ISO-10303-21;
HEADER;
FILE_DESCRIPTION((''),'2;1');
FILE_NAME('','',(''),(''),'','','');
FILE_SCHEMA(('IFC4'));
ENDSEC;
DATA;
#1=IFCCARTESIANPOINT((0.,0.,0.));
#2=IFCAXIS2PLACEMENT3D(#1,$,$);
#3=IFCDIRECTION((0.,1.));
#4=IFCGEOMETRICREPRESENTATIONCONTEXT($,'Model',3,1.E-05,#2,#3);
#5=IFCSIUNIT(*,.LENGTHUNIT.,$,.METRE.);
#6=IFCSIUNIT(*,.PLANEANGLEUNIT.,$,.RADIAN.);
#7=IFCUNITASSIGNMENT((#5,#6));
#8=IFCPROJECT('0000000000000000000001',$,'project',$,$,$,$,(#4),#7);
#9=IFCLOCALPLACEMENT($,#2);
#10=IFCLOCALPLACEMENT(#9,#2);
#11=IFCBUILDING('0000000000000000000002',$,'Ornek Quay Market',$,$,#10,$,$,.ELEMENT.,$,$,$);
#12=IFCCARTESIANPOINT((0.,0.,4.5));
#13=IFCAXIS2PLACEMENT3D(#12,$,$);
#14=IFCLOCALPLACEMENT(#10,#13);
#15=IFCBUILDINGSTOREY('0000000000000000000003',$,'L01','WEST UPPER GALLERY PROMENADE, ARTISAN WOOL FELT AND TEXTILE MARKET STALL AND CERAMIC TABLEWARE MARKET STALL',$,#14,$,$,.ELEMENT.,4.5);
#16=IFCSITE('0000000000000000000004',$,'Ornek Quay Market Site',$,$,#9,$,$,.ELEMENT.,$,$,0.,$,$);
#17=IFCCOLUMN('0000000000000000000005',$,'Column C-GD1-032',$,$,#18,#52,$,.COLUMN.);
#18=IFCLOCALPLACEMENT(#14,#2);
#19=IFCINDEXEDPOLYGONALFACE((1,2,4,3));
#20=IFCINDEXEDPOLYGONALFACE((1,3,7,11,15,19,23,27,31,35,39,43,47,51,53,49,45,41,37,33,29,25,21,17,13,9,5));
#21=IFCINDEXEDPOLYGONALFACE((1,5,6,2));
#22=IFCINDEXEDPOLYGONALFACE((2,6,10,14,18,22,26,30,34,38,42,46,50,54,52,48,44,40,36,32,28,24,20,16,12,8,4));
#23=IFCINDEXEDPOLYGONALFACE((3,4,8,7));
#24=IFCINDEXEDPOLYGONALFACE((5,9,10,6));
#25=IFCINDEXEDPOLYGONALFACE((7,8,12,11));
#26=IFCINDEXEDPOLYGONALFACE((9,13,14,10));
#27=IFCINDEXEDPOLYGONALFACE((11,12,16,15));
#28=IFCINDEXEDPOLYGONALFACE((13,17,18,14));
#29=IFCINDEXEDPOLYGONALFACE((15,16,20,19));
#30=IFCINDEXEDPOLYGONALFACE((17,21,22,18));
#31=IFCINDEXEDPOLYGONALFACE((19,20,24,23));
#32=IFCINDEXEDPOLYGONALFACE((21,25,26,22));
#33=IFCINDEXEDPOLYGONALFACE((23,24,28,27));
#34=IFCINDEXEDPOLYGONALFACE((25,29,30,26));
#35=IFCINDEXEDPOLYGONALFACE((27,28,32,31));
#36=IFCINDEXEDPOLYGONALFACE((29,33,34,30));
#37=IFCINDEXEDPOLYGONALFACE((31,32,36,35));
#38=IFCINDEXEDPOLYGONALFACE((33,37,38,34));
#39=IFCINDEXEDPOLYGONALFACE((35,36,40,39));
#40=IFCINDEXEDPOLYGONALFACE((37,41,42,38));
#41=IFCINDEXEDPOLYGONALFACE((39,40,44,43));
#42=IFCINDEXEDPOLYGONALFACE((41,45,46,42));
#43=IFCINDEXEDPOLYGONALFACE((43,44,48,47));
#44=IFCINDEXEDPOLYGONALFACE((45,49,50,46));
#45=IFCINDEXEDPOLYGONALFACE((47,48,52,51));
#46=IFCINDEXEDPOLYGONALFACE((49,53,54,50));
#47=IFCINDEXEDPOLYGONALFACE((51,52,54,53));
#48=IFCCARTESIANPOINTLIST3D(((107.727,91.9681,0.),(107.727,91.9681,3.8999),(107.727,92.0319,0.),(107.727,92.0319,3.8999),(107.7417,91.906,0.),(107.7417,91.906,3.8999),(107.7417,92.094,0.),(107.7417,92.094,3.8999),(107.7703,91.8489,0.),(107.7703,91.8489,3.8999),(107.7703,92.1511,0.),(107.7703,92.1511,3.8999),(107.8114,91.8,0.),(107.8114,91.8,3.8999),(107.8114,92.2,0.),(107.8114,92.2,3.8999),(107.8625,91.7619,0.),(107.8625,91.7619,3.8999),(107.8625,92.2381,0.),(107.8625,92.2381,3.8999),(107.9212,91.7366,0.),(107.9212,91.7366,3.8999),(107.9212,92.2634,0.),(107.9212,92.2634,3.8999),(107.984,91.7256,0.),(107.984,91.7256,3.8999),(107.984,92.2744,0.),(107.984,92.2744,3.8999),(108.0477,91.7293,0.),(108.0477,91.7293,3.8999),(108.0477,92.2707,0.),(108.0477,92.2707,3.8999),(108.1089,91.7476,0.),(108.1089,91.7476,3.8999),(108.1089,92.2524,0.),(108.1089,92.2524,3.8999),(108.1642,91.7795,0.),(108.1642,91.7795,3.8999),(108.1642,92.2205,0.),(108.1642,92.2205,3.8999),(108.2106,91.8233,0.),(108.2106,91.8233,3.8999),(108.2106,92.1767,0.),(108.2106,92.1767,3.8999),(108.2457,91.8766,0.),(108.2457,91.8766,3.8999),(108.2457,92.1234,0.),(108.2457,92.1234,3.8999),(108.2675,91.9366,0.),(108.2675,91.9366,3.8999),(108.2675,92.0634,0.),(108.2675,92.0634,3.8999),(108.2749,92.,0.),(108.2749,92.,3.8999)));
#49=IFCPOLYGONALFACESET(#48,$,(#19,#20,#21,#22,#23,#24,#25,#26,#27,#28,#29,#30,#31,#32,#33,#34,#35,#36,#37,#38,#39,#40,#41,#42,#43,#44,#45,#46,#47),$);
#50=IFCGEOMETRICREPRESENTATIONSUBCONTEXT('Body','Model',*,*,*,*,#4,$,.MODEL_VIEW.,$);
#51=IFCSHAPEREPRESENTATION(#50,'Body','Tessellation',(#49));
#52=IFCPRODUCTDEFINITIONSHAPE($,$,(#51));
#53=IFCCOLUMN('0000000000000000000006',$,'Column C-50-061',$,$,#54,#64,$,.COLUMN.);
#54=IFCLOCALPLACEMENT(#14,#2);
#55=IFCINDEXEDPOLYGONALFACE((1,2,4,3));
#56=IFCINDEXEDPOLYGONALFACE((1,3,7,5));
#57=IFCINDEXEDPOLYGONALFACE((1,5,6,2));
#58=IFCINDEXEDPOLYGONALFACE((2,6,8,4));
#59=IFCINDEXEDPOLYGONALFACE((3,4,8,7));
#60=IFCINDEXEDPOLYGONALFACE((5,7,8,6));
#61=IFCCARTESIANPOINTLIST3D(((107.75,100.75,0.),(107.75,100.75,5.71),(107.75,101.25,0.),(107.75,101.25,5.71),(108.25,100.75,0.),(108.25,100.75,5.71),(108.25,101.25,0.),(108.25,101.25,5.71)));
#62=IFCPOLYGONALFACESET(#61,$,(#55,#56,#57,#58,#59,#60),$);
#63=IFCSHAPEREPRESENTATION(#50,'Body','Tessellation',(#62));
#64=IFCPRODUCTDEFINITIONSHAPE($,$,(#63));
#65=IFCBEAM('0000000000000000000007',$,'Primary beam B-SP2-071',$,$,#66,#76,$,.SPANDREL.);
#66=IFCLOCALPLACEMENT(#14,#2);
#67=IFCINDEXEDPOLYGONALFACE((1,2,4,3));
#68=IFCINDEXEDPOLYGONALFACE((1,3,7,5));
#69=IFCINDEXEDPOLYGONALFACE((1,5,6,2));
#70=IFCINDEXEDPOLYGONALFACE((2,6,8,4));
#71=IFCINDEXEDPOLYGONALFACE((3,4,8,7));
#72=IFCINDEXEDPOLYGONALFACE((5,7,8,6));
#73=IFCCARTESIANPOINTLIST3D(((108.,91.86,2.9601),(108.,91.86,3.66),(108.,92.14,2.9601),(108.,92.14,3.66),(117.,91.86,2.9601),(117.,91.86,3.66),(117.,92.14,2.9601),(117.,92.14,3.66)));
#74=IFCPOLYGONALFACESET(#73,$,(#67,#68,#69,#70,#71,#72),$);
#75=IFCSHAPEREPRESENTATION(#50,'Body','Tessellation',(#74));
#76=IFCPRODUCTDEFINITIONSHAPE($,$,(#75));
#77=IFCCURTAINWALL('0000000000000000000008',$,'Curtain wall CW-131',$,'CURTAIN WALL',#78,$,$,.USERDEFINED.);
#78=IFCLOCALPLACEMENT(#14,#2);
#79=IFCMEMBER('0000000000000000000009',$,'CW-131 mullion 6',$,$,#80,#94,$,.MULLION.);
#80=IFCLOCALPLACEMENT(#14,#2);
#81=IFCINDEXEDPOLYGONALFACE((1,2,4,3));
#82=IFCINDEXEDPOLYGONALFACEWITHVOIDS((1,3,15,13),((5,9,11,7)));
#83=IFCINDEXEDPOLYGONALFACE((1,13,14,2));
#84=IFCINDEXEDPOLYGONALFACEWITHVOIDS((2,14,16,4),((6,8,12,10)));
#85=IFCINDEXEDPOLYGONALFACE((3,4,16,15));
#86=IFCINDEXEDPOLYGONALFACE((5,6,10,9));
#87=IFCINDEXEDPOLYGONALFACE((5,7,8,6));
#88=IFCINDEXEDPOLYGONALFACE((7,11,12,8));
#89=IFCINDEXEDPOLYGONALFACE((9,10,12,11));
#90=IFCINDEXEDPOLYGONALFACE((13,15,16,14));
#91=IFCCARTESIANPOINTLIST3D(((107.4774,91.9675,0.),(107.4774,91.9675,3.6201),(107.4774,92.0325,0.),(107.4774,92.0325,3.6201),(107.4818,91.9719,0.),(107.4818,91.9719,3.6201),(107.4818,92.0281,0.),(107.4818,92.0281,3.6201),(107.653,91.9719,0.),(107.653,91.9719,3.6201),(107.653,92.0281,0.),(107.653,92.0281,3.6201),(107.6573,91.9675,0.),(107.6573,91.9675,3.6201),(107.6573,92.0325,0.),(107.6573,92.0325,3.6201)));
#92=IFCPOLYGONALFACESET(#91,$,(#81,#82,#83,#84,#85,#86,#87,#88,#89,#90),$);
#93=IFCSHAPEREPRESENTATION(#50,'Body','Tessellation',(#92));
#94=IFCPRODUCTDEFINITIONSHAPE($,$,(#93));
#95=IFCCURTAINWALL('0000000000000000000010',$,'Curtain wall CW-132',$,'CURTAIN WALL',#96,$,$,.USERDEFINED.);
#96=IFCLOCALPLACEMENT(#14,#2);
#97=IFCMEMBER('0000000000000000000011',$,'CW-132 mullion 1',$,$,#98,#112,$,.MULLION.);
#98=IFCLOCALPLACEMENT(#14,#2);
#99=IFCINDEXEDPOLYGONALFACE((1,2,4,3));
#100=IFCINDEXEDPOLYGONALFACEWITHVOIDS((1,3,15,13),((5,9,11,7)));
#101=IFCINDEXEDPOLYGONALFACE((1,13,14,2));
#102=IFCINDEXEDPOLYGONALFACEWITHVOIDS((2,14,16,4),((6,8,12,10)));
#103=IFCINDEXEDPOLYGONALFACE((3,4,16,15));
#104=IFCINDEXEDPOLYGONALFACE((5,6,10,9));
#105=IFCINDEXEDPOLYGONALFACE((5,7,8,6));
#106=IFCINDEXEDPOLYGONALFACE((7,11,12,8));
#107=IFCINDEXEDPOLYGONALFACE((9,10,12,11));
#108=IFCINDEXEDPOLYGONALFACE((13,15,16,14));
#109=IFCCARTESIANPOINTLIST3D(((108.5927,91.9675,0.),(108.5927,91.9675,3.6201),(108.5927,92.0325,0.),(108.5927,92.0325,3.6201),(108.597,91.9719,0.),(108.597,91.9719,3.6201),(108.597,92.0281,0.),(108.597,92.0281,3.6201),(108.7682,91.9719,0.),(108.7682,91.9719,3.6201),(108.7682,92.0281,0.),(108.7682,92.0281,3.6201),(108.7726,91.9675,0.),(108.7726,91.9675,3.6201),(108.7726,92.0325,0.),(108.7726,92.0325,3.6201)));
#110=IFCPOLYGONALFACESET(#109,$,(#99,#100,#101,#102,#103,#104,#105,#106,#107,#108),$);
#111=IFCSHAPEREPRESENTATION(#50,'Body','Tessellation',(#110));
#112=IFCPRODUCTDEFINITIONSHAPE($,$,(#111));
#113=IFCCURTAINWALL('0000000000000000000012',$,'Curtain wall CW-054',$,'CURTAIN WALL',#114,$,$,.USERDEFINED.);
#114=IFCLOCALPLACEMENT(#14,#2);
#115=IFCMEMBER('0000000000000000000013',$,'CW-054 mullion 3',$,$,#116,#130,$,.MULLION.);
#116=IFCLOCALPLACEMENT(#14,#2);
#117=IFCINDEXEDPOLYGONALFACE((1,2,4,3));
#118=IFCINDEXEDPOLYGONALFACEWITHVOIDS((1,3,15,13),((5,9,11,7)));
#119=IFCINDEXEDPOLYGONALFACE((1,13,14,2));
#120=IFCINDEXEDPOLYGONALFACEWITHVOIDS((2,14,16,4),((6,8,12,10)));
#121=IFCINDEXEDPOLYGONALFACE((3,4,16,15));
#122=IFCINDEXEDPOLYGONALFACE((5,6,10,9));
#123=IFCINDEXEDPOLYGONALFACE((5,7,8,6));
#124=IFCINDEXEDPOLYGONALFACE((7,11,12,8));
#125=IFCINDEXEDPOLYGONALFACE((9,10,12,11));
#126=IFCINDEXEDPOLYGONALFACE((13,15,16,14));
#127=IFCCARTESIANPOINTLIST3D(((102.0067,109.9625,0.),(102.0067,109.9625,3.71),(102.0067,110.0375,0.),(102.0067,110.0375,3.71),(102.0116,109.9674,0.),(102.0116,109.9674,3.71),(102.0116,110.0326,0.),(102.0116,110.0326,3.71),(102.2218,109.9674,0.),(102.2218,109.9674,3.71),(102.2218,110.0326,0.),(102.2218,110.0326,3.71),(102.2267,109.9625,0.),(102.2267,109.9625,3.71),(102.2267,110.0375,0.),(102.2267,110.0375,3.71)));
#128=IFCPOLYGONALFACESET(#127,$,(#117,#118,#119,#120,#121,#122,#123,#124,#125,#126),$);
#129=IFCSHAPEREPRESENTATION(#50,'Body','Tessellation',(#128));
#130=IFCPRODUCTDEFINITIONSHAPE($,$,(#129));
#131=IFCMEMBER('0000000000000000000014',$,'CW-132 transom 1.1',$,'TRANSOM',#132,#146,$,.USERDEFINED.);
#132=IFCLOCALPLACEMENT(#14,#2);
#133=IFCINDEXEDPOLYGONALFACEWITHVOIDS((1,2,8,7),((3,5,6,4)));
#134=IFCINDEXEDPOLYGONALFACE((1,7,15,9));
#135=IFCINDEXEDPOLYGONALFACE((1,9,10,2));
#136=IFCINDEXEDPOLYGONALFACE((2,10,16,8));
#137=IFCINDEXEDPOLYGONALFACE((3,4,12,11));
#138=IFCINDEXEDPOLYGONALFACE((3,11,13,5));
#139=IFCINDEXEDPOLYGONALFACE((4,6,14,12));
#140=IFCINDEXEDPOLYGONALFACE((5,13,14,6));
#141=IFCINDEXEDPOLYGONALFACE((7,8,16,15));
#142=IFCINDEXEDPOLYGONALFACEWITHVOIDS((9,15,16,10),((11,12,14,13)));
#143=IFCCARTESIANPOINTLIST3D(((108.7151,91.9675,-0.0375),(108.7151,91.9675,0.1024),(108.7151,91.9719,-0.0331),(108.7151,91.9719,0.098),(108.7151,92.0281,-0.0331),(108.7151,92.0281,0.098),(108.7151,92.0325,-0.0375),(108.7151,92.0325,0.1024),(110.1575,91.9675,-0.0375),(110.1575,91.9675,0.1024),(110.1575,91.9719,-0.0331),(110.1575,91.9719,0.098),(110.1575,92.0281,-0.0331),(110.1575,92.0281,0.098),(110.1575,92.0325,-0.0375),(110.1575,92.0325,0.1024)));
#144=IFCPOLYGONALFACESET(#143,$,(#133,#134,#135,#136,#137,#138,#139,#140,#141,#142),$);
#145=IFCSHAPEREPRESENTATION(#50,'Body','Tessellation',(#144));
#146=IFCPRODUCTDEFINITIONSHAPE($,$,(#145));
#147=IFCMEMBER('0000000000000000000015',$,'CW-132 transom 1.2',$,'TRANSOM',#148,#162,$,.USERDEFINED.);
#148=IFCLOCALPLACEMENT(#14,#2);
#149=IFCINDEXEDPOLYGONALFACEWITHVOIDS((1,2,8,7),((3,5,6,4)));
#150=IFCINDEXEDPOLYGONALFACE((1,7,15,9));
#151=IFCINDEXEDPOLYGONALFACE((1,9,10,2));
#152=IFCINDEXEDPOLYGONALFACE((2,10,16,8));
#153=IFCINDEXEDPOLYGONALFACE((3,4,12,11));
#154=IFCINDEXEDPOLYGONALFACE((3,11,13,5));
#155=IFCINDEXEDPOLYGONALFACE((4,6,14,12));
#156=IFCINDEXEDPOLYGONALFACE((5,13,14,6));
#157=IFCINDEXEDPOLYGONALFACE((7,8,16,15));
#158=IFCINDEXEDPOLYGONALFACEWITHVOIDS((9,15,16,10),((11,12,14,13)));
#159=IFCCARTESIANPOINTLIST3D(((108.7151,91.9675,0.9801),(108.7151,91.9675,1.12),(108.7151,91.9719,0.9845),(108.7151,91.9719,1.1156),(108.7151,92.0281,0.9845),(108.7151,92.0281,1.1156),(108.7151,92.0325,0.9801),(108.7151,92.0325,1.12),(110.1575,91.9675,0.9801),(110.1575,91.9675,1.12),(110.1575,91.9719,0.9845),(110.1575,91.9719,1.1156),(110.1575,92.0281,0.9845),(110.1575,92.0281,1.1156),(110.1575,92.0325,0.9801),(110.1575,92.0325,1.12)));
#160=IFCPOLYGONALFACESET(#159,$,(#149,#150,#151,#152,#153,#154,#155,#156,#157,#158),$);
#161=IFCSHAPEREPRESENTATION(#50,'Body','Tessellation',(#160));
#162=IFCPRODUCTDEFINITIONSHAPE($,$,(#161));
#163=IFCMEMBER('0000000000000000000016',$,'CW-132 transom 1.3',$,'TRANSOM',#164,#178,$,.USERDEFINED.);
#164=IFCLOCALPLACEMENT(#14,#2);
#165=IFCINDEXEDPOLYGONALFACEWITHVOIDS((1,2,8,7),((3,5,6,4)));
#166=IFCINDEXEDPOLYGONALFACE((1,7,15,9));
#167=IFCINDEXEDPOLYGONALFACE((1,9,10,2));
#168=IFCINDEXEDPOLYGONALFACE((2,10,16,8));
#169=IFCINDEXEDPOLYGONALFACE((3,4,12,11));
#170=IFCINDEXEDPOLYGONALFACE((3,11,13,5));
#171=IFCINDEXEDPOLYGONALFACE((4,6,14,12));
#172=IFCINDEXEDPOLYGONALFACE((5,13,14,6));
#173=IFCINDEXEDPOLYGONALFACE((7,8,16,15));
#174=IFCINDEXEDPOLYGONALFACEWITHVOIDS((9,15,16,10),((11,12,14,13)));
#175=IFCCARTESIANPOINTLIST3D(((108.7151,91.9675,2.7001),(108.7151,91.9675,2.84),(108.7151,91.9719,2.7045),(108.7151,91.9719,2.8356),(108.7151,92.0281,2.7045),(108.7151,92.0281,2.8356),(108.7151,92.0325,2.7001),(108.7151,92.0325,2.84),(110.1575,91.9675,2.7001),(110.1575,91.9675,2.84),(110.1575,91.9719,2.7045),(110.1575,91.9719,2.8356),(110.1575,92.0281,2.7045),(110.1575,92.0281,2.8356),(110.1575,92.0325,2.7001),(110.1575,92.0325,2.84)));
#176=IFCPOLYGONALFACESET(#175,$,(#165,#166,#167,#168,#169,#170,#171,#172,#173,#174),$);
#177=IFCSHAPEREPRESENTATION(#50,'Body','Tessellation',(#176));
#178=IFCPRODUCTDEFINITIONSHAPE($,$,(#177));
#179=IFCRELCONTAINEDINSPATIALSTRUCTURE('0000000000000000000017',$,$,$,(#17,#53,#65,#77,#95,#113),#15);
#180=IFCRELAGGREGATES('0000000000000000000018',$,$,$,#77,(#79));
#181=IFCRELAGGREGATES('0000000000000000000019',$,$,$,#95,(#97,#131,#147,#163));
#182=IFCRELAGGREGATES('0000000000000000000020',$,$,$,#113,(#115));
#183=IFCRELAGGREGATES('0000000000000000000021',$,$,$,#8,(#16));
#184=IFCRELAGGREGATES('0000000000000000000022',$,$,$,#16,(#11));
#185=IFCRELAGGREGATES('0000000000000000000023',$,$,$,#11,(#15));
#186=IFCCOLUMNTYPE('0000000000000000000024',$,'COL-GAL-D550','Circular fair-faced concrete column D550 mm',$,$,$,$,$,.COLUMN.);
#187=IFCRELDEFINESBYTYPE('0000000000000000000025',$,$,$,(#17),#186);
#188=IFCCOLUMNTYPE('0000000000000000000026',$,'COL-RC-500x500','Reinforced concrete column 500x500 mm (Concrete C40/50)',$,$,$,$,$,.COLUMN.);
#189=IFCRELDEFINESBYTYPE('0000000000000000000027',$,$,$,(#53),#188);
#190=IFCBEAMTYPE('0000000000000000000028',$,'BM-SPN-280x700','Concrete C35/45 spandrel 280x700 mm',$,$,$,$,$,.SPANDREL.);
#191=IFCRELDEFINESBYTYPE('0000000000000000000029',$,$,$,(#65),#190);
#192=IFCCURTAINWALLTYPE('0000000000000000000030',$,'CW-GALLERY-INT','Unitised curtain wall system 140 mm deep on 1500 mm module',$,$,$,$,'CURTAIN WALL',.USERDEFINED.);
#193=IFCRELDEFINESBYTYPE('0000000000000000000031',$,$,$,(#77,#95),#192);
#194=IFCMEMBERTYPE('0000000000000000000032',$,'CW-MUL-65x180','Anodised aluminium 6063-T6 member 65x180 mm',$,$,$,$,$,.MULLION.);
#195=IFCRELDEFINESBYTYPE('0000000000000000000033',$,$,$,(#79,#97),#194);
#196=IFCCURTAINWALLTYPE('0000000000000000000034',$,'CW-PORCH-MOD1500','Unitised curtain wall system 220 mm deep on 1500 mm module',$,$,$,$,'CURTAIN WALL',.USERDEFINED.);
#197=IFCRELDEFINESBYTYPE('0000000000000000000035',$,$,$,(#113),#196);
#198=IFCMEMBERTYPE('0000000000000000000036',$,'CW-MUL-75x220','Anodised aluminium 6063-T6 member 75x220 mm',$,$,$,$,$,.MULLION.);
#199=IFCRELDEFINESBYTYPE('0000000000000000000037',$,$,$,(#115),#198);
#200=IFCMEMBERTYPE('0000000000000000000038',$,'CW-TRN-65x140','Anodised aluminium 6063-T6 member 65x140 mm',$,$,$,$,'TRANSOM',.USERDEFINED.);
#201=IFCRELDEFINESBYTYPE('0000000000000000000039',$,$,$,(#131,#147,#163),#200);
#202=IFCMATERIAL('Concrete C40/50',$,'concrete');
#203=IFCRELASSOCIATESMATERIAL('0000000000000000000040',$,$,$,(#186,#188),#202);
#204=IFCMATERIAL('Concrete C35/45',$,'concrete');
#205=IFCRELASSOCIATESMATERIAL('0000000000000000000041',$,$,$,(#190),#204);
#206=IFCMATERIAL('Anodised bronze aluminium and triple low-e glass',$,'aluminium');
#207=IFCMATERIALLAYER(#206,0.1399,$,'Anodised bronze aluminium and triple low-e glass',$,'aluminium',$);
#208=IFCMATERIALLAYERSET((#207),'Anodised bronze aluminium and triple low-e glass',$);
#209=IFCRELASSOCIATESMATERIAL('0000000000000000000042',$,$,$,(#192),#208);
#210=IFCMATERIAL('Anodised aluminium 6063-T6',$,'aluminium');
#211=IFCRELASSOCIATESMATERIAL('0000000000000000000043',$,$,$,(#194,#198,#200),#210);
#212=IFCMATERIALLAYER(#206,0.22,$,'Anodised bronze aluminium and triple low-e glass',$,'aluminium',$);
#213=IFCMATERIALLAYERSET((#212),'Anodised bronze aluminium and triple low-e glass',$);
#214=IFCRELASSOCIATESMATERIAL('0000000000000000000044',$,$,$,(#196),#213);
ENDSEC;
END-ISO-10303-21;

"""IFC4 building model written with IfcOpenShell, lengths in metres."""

from ifc_helpers import new_model, si_unit, direction, frame, origin, origin_2d, place, context, subcontext, project, spatial, rectangle, hollow_rectangle, circle, extrude, material, layer, layer_set, material_profile, profile_set, type_object, element, aggregate, save


model = new_model("IFC4")

# Units and contexts
model_context = context("Model", 3, precision=1e-05, world=origin(), true_north=direction((0.0, 1.0)))
body_context = subcontext(model_context, "Body", "Model", "MODEL_VIEW")
ifc_project = project(units=[si_unit("LENGTHUNIT", "METRE"), si_unit("PLANEANGLEUNIT", "RADIAN")], contexts=[model_context])

# Site, building, storey
site_placement = place(None, origin())
site = spatial("IfcSite", under=ifc_project, at=site_placement, Name="Ornek Quay Market Site", CompositionType="ELEMENT", RefElevation=0.0)
building_placement = place(site_placement, origin())
building = spatial("IfcBuilding", under=site, at=building_placement, Name="Ornek Quay Market", CompositionType="ELEMENT")
storey_placement = place(building_placement, frame((0.0, 0.0, 4.5)))
storey = spatial("IfcBuildingStorey", under=building, at=storey_placement, Name="L01", Description="WEST UPPER GALLERY PROMENADE, ARTISAN WOOL FELT AND TEXTILE MARKET STALL AND CERAMIC TABLEWARE MARKET STALL", CompositionType="ELEMENT", Elevation=4.5)

# Columns
ifc_material_1 = material(Name="Concrete C40/50", Category="concrete")
ifc_material_profile_1 = material_profile(ifc_material_1, circle(Radius=0.2749, at=origin_2d()), Name="RC D550", Category="concrete")
ifc_profile_set_1 = profile_set([ifc_material_profile_1], Name="Concrete C40/50")
column_type_1 = type_object("IfcColumnType", Name="COL-GAL-D550", Description="Circular fair-faced concrete column D550 mm", PredefinedType="COLUMN", material=ifc_profile_set_1)
column_1_placement = place(storey_placement, frame((108.0, 92.0, 0.0), z_axis=(0.0, 0.0, 1.0), x_axis=(1.0, 0.0, 0.0)))
element("IfcColumn", 1, at=column_1_placement, inside=storey, type_object=column_type_1, Name="Column C-GD1-032", PredefinedType="COLUMN", context=body_context, shape_type="SweptSolid", body=[
    extrude(circle(Radius=0.2749, at=origin_2d()), origin(), (0.0, 0.0, 1.0), 3.8999),
])
ifc_material_profile_2 = material_profile(ifc_material_1, rectangle(XDim=0.5, YDim=0.5, at=origin_2d()), Name="RC 500x500", Category="concrete")
ifc_profile_set_2 = profile_set([ifc_material_profile_2], Name="Concrete C40/50")
column_type_2 = type_object("IfcColumnType", Name="COL-RC-500x500", Description="Reinforced concrete column 500x500 mm (Concrete C40/50)", PredefinedType="COLUMN", material=ifc_profile_set_2)
column_2_placement = place(storey_placement, frame((108.0, 101.0, 0.0), z_axis=(0.0, 0.0, 1.0), x_axis=(1.0, 0.0, 0.0)))
element("IfcColumn", 2, at=column_2_placement, inside=storey, type_object=column_type_2, Name="Column C-50-061", PredefinedType="COLUMN", context=body_context, shape_type="SweptSolid", body=[
    extrude(rectangle(XDim=0.5, YDim=0.5, at=origin_2d()), origin(), (0.0, 0.0, 1.0), 5.71),
])

# Beam
ifc_material_2 = material(Name="Concrete C35/45", Category="concrete")
ifc_material_profile_3 = material_profile(ifc_material_2, rectangle(XDim=0.28, YDim=0.7, at=origin_2d()), Name="RC 280x700", Category="concrete")
ifc_profile_set_3 = profile_set([ifc_material_profile_3], Name="Concrete C35/45")
beam_type = type_object("IfcBeamType", Name="BM-SPN-280x700", Description="Concrete C35/45 spandrel 280x700 mm", PredefinedType="SPANDREL", material=ifc_profile_set_3)
beam_placement = place(storey_placement, frame((108.0, 92.0, 3.3101), z_axis=(1.0, 0.0, 0.0), x_axis=(0.0, 1.0, 0.0)))
element("IfcBeam", 3, at=beam_placement, inside=storey, type_object=beam_type, Name="Primary beam B-SP2-071", PredefinedType="SPANDREL", context=body_context, shape_type="SweptSolid", body=[
    extrude(rectangle(XDim=0.28, YDim=0.7, at=origin_2d()), origin(), (0.0, 0.0, 1.0), 9.0),
])

# Curtain walls, members
ifc_material_3 = material(Name="Anodised bronze aluminium and triple low-e glass", Category="aluminium")
ifc_layer_1 = layer(ifc_material_3, 0.1399, Name="Anodised bronze aluminium and triple low-e glass", Category="aluminium")
ifc_layer_set_1 = layer_set([ifc_layer_1], Name="Anodised bronze aluminium and triple low-e glass")
curtain_wall_type_1 = type_object("IfcCurtainWallType", Name="CW-GALLERY-INT", Description="Unitised curtain wall system 140 mm deep on 1500 mm module", ElementType="CURTAIN WALL", PredefinedType="USERDEFINED", material=ifc_layer_set_1)
curtain_wall_1_placement = place(storey_placement, origin())
curtain_wall_1 = element("IfcCurtainWall", 4, at=curtain_wall_1_placement, inside=storey, type_object=curtain_wall_type_1, Name="Curtain wall CW-131", ObjectType="CURTAIN WALL", PredefinedType="USERDEFINED")
ifc_material_4 = material(Name="Anodised aluminium 6063-T6", Category="aluminium")
ifc_material_profile_4 = material_profile(ifc_material_4, hollow_rectangle(XDim=0.0649, YDim=0.1799, WallThickness=0.0044, at=origin_2d()), Name="CW-MUL-65x180", Category="aluminium")
ifc_profile_set_4 = profile_set([ifc_material_profile_4], Name="Anodised aluminium 6063-T6")
member_type_1 = type_object("IfcMemberType", Name="CW-MUL-65x180", Description="Anodised aluminium 6063-T6 member 65x180 mm", PredefinedType="MULLION", material=ifc_profile_set_4)
member_1_placement = place(storey_placement, frame((107.5674, 92.0, 0.0), z_axis=(0.0, 0.0, 1.0), x_axis=(0.0, 1.0, 0.0)))
member_1 = element("IfcMember", 5, at=member_1_placement, type_object=member_type_1, Name="CW-131 mullion 6", PredefinedType="MULLION", context=body_context, shape_type="SweptSolid", body=[
    extrude(hollow_rectangle(XDim=0.0649, YDim=0.1799, WallThickness=0.0044, at=origin_2d()), origin(), (0.0, 0.0, 1.0), 3.6201),
])
aggregate(curtain_wall_1, [member_1])
curtain_wall_2_placement = place(storey_placement, origin())
curtain_wall_2 = element("IfcCurtainWall", 6, at=curtain_wall_2_placement, inside=storey, type_object=curtain_wall_type_1, Name="Curtain wall CW-132", ObjectType="CURTAIN WALL", PredefinedType="USERDEFINED")
member_2_placement = place(storey_placement, frame((108.6826, 92.0, 0.0), z_axis=(0.0, 0.0, 1.0), x_axis=(0.0, 1.0, 0.0)))
member_2 = element("IfcMember", 7, at=member_2_placement, type_object=member_type_1, Name="CW-132 mullion 1", PredefinedType="MULLION", context=body_context, shape_type="SweptSolid", body=[
    extrude(hollow_rectangle(XDim=0.0649, YDim=0.1799, WallThickness=0.0044, at=origin_2d()), origin(), (0.0, 0.0, 1.0), 3.6201),
])
ifc_layer_2 = layer(ifc_material_3, 0.22, Name="Anodised bronze aluminium and triple low-e glass", Category="aluminium")
ifc_layer_set_2 = layer_set([ifc_layer_2], Name="Anodised bronze aluminium and triple low-e glass")
curtain_wall_type_2 = type_object("IfcCurtainWallType", Name="CW-PORCH-MOD1500", Description="Unitised curtain wall system 220 mm deep on 1500 mm module", ElementType="CURTAIN WALL", PredefinedType="USERDEFINED", material=ifc_layer_set_2)
curtain_wall_3_placement = place(storey_placement, origin())
curtain_wall_3 = element("IfcCurtainWall", 8, at=curtain_wall_3_placement, inside=storey, type_object=curtain_wall_type_2, Name="Curtain wall CW-054", ObjectType="CURTAIN WALL", PredefinedType="USERDEFINED")
ifc_material_profile_5 = material_profile(ifc_material_4, hollow_rectangle(XDim=0.075, YDim=0.22, WallThickness=0.0049, at=origin_2d()), Name="CW-MUL-75x220", Category="aluminium")
ifc_profile_set_5 = profile_set([ifc_material_profile_5], Name="Anodised aluminium 6063-T6")
member_type_2 = type_object("IfcMemberType", Name="CW-MUL-75x220", Description="Anodised aluminium 6063-T6 member 75x220 mm", PredefinedType="MULLION", material=ifc_profile_set_5)
member_3_placement = place(storey_placement, frame((102.1167, 110.0, 0.0), z_axis=(0.0, 0.0, 1.0), x_axis=(0.0, 1.0, 0.0)))
member_3 = element("IfcMember", 9, at=member_3_placement, type_object=member_type_2, Name="CW-054 mullion 3", PredefinedType="MULLION", context=body_context, shape_type="SweptSolid", body=[
    extrude(hollow_rectangle(XDim=0.075, YDim=0.22, WallThickness=0.0049, at=origin_2d()), origin(), (0.0, 0.0, 1.0), 3.71),
])

# Members
ifc_material_profile_6 = material_profile(ifc_material_4, hollow_rectangle(XDim=0.0649, YDim=0.1399, WallThickness=0.0044, at=origin_2d()), Name="CW-TRN-65x140", Category="aluminium")
ifc_profile_set_6 = profile_set([ifc_material_profile_6], Name="Anodised aluminium 6063-T6")
member_type_3 = type_object("IfcMemberType", Name="CW-TRN-65x140", Description="Anodised aluminium 6063-T6 member 65x140 mm", ElementType="TRANSOM", PredefinedType="USERDEFINED", material=ifc_profile_set_6)
member_4_placement = place(storey_placement, frame((108.7151, 92.0, 0.0325), z_axis=(1.0, 0.0, 0.0), x_axis=(0.0, 1.0, 0.0)))
member_4 = element("IfcMember", 10, at=member_4_placement, type_object=member_type_3, Name="CW-132 transom 1.1", ObjectType="TRANSOM", PredefinedType="USERDEFINED", context=body_context, shape_type="SweptSolid", body=[
    extrude(hollow_rectangle(XDim=0.0649, YDim=0.1399, WallThickness=0.0044, at=origin_2d()), origin(), (0.0, 0.0, 1.0), 1.4424),
])
member_5_placement = place(storey_placement, frame((108.7151, 92.0, 1.05), z_axis=(1.0, 0.0, 0.0), x_axis=(0.0, 1.0, 0.0)))
member_5 = element("IfcMember", 11, at=member_5_placement, type_object=member_type_3, Name="CW-132 transom 1.2", ObjectType="TRANSOM", PredefinedType="USERDEFINED", context=body_context, shape_type="SweptSolid", body=[
    extrude(hollow_rectangle(XDim=0.0649, YDim=0.1399, WallThickness=0.0044, at=origin_2d()), origin(), (0.0, 0.0, 1.0), 1.4424),
])
member_6_placement = place(storey_placement, frame((108.7151, 92.0, 2.77), z_axis=(1.0, 0.0, 0.0), x_axis=(0.0, 1.0, 0.0)))
member_6 = element("IfcMember", 12, at=member_6_placement, type_object=member_type_3, Name="CW-132 transom 1.3", ObjectType="TRANSOM", PredefinedType="USERDEFINED", context=body_context, shape_type="SweptSolid", body=[
    extrude(hollow_rectangle(XDim=0.0649, YDim=0.1399, WallThickness=0.0044, at=origin_2d()), origin(), (0.0, 0.0, 1.0), 1.4424),
])
aggregate(curtain_wall_2, [member_2, member_4, member_5, member_6])

aggregate(curtain_wall_3, [member_3])

save(model, "model.ifc")
